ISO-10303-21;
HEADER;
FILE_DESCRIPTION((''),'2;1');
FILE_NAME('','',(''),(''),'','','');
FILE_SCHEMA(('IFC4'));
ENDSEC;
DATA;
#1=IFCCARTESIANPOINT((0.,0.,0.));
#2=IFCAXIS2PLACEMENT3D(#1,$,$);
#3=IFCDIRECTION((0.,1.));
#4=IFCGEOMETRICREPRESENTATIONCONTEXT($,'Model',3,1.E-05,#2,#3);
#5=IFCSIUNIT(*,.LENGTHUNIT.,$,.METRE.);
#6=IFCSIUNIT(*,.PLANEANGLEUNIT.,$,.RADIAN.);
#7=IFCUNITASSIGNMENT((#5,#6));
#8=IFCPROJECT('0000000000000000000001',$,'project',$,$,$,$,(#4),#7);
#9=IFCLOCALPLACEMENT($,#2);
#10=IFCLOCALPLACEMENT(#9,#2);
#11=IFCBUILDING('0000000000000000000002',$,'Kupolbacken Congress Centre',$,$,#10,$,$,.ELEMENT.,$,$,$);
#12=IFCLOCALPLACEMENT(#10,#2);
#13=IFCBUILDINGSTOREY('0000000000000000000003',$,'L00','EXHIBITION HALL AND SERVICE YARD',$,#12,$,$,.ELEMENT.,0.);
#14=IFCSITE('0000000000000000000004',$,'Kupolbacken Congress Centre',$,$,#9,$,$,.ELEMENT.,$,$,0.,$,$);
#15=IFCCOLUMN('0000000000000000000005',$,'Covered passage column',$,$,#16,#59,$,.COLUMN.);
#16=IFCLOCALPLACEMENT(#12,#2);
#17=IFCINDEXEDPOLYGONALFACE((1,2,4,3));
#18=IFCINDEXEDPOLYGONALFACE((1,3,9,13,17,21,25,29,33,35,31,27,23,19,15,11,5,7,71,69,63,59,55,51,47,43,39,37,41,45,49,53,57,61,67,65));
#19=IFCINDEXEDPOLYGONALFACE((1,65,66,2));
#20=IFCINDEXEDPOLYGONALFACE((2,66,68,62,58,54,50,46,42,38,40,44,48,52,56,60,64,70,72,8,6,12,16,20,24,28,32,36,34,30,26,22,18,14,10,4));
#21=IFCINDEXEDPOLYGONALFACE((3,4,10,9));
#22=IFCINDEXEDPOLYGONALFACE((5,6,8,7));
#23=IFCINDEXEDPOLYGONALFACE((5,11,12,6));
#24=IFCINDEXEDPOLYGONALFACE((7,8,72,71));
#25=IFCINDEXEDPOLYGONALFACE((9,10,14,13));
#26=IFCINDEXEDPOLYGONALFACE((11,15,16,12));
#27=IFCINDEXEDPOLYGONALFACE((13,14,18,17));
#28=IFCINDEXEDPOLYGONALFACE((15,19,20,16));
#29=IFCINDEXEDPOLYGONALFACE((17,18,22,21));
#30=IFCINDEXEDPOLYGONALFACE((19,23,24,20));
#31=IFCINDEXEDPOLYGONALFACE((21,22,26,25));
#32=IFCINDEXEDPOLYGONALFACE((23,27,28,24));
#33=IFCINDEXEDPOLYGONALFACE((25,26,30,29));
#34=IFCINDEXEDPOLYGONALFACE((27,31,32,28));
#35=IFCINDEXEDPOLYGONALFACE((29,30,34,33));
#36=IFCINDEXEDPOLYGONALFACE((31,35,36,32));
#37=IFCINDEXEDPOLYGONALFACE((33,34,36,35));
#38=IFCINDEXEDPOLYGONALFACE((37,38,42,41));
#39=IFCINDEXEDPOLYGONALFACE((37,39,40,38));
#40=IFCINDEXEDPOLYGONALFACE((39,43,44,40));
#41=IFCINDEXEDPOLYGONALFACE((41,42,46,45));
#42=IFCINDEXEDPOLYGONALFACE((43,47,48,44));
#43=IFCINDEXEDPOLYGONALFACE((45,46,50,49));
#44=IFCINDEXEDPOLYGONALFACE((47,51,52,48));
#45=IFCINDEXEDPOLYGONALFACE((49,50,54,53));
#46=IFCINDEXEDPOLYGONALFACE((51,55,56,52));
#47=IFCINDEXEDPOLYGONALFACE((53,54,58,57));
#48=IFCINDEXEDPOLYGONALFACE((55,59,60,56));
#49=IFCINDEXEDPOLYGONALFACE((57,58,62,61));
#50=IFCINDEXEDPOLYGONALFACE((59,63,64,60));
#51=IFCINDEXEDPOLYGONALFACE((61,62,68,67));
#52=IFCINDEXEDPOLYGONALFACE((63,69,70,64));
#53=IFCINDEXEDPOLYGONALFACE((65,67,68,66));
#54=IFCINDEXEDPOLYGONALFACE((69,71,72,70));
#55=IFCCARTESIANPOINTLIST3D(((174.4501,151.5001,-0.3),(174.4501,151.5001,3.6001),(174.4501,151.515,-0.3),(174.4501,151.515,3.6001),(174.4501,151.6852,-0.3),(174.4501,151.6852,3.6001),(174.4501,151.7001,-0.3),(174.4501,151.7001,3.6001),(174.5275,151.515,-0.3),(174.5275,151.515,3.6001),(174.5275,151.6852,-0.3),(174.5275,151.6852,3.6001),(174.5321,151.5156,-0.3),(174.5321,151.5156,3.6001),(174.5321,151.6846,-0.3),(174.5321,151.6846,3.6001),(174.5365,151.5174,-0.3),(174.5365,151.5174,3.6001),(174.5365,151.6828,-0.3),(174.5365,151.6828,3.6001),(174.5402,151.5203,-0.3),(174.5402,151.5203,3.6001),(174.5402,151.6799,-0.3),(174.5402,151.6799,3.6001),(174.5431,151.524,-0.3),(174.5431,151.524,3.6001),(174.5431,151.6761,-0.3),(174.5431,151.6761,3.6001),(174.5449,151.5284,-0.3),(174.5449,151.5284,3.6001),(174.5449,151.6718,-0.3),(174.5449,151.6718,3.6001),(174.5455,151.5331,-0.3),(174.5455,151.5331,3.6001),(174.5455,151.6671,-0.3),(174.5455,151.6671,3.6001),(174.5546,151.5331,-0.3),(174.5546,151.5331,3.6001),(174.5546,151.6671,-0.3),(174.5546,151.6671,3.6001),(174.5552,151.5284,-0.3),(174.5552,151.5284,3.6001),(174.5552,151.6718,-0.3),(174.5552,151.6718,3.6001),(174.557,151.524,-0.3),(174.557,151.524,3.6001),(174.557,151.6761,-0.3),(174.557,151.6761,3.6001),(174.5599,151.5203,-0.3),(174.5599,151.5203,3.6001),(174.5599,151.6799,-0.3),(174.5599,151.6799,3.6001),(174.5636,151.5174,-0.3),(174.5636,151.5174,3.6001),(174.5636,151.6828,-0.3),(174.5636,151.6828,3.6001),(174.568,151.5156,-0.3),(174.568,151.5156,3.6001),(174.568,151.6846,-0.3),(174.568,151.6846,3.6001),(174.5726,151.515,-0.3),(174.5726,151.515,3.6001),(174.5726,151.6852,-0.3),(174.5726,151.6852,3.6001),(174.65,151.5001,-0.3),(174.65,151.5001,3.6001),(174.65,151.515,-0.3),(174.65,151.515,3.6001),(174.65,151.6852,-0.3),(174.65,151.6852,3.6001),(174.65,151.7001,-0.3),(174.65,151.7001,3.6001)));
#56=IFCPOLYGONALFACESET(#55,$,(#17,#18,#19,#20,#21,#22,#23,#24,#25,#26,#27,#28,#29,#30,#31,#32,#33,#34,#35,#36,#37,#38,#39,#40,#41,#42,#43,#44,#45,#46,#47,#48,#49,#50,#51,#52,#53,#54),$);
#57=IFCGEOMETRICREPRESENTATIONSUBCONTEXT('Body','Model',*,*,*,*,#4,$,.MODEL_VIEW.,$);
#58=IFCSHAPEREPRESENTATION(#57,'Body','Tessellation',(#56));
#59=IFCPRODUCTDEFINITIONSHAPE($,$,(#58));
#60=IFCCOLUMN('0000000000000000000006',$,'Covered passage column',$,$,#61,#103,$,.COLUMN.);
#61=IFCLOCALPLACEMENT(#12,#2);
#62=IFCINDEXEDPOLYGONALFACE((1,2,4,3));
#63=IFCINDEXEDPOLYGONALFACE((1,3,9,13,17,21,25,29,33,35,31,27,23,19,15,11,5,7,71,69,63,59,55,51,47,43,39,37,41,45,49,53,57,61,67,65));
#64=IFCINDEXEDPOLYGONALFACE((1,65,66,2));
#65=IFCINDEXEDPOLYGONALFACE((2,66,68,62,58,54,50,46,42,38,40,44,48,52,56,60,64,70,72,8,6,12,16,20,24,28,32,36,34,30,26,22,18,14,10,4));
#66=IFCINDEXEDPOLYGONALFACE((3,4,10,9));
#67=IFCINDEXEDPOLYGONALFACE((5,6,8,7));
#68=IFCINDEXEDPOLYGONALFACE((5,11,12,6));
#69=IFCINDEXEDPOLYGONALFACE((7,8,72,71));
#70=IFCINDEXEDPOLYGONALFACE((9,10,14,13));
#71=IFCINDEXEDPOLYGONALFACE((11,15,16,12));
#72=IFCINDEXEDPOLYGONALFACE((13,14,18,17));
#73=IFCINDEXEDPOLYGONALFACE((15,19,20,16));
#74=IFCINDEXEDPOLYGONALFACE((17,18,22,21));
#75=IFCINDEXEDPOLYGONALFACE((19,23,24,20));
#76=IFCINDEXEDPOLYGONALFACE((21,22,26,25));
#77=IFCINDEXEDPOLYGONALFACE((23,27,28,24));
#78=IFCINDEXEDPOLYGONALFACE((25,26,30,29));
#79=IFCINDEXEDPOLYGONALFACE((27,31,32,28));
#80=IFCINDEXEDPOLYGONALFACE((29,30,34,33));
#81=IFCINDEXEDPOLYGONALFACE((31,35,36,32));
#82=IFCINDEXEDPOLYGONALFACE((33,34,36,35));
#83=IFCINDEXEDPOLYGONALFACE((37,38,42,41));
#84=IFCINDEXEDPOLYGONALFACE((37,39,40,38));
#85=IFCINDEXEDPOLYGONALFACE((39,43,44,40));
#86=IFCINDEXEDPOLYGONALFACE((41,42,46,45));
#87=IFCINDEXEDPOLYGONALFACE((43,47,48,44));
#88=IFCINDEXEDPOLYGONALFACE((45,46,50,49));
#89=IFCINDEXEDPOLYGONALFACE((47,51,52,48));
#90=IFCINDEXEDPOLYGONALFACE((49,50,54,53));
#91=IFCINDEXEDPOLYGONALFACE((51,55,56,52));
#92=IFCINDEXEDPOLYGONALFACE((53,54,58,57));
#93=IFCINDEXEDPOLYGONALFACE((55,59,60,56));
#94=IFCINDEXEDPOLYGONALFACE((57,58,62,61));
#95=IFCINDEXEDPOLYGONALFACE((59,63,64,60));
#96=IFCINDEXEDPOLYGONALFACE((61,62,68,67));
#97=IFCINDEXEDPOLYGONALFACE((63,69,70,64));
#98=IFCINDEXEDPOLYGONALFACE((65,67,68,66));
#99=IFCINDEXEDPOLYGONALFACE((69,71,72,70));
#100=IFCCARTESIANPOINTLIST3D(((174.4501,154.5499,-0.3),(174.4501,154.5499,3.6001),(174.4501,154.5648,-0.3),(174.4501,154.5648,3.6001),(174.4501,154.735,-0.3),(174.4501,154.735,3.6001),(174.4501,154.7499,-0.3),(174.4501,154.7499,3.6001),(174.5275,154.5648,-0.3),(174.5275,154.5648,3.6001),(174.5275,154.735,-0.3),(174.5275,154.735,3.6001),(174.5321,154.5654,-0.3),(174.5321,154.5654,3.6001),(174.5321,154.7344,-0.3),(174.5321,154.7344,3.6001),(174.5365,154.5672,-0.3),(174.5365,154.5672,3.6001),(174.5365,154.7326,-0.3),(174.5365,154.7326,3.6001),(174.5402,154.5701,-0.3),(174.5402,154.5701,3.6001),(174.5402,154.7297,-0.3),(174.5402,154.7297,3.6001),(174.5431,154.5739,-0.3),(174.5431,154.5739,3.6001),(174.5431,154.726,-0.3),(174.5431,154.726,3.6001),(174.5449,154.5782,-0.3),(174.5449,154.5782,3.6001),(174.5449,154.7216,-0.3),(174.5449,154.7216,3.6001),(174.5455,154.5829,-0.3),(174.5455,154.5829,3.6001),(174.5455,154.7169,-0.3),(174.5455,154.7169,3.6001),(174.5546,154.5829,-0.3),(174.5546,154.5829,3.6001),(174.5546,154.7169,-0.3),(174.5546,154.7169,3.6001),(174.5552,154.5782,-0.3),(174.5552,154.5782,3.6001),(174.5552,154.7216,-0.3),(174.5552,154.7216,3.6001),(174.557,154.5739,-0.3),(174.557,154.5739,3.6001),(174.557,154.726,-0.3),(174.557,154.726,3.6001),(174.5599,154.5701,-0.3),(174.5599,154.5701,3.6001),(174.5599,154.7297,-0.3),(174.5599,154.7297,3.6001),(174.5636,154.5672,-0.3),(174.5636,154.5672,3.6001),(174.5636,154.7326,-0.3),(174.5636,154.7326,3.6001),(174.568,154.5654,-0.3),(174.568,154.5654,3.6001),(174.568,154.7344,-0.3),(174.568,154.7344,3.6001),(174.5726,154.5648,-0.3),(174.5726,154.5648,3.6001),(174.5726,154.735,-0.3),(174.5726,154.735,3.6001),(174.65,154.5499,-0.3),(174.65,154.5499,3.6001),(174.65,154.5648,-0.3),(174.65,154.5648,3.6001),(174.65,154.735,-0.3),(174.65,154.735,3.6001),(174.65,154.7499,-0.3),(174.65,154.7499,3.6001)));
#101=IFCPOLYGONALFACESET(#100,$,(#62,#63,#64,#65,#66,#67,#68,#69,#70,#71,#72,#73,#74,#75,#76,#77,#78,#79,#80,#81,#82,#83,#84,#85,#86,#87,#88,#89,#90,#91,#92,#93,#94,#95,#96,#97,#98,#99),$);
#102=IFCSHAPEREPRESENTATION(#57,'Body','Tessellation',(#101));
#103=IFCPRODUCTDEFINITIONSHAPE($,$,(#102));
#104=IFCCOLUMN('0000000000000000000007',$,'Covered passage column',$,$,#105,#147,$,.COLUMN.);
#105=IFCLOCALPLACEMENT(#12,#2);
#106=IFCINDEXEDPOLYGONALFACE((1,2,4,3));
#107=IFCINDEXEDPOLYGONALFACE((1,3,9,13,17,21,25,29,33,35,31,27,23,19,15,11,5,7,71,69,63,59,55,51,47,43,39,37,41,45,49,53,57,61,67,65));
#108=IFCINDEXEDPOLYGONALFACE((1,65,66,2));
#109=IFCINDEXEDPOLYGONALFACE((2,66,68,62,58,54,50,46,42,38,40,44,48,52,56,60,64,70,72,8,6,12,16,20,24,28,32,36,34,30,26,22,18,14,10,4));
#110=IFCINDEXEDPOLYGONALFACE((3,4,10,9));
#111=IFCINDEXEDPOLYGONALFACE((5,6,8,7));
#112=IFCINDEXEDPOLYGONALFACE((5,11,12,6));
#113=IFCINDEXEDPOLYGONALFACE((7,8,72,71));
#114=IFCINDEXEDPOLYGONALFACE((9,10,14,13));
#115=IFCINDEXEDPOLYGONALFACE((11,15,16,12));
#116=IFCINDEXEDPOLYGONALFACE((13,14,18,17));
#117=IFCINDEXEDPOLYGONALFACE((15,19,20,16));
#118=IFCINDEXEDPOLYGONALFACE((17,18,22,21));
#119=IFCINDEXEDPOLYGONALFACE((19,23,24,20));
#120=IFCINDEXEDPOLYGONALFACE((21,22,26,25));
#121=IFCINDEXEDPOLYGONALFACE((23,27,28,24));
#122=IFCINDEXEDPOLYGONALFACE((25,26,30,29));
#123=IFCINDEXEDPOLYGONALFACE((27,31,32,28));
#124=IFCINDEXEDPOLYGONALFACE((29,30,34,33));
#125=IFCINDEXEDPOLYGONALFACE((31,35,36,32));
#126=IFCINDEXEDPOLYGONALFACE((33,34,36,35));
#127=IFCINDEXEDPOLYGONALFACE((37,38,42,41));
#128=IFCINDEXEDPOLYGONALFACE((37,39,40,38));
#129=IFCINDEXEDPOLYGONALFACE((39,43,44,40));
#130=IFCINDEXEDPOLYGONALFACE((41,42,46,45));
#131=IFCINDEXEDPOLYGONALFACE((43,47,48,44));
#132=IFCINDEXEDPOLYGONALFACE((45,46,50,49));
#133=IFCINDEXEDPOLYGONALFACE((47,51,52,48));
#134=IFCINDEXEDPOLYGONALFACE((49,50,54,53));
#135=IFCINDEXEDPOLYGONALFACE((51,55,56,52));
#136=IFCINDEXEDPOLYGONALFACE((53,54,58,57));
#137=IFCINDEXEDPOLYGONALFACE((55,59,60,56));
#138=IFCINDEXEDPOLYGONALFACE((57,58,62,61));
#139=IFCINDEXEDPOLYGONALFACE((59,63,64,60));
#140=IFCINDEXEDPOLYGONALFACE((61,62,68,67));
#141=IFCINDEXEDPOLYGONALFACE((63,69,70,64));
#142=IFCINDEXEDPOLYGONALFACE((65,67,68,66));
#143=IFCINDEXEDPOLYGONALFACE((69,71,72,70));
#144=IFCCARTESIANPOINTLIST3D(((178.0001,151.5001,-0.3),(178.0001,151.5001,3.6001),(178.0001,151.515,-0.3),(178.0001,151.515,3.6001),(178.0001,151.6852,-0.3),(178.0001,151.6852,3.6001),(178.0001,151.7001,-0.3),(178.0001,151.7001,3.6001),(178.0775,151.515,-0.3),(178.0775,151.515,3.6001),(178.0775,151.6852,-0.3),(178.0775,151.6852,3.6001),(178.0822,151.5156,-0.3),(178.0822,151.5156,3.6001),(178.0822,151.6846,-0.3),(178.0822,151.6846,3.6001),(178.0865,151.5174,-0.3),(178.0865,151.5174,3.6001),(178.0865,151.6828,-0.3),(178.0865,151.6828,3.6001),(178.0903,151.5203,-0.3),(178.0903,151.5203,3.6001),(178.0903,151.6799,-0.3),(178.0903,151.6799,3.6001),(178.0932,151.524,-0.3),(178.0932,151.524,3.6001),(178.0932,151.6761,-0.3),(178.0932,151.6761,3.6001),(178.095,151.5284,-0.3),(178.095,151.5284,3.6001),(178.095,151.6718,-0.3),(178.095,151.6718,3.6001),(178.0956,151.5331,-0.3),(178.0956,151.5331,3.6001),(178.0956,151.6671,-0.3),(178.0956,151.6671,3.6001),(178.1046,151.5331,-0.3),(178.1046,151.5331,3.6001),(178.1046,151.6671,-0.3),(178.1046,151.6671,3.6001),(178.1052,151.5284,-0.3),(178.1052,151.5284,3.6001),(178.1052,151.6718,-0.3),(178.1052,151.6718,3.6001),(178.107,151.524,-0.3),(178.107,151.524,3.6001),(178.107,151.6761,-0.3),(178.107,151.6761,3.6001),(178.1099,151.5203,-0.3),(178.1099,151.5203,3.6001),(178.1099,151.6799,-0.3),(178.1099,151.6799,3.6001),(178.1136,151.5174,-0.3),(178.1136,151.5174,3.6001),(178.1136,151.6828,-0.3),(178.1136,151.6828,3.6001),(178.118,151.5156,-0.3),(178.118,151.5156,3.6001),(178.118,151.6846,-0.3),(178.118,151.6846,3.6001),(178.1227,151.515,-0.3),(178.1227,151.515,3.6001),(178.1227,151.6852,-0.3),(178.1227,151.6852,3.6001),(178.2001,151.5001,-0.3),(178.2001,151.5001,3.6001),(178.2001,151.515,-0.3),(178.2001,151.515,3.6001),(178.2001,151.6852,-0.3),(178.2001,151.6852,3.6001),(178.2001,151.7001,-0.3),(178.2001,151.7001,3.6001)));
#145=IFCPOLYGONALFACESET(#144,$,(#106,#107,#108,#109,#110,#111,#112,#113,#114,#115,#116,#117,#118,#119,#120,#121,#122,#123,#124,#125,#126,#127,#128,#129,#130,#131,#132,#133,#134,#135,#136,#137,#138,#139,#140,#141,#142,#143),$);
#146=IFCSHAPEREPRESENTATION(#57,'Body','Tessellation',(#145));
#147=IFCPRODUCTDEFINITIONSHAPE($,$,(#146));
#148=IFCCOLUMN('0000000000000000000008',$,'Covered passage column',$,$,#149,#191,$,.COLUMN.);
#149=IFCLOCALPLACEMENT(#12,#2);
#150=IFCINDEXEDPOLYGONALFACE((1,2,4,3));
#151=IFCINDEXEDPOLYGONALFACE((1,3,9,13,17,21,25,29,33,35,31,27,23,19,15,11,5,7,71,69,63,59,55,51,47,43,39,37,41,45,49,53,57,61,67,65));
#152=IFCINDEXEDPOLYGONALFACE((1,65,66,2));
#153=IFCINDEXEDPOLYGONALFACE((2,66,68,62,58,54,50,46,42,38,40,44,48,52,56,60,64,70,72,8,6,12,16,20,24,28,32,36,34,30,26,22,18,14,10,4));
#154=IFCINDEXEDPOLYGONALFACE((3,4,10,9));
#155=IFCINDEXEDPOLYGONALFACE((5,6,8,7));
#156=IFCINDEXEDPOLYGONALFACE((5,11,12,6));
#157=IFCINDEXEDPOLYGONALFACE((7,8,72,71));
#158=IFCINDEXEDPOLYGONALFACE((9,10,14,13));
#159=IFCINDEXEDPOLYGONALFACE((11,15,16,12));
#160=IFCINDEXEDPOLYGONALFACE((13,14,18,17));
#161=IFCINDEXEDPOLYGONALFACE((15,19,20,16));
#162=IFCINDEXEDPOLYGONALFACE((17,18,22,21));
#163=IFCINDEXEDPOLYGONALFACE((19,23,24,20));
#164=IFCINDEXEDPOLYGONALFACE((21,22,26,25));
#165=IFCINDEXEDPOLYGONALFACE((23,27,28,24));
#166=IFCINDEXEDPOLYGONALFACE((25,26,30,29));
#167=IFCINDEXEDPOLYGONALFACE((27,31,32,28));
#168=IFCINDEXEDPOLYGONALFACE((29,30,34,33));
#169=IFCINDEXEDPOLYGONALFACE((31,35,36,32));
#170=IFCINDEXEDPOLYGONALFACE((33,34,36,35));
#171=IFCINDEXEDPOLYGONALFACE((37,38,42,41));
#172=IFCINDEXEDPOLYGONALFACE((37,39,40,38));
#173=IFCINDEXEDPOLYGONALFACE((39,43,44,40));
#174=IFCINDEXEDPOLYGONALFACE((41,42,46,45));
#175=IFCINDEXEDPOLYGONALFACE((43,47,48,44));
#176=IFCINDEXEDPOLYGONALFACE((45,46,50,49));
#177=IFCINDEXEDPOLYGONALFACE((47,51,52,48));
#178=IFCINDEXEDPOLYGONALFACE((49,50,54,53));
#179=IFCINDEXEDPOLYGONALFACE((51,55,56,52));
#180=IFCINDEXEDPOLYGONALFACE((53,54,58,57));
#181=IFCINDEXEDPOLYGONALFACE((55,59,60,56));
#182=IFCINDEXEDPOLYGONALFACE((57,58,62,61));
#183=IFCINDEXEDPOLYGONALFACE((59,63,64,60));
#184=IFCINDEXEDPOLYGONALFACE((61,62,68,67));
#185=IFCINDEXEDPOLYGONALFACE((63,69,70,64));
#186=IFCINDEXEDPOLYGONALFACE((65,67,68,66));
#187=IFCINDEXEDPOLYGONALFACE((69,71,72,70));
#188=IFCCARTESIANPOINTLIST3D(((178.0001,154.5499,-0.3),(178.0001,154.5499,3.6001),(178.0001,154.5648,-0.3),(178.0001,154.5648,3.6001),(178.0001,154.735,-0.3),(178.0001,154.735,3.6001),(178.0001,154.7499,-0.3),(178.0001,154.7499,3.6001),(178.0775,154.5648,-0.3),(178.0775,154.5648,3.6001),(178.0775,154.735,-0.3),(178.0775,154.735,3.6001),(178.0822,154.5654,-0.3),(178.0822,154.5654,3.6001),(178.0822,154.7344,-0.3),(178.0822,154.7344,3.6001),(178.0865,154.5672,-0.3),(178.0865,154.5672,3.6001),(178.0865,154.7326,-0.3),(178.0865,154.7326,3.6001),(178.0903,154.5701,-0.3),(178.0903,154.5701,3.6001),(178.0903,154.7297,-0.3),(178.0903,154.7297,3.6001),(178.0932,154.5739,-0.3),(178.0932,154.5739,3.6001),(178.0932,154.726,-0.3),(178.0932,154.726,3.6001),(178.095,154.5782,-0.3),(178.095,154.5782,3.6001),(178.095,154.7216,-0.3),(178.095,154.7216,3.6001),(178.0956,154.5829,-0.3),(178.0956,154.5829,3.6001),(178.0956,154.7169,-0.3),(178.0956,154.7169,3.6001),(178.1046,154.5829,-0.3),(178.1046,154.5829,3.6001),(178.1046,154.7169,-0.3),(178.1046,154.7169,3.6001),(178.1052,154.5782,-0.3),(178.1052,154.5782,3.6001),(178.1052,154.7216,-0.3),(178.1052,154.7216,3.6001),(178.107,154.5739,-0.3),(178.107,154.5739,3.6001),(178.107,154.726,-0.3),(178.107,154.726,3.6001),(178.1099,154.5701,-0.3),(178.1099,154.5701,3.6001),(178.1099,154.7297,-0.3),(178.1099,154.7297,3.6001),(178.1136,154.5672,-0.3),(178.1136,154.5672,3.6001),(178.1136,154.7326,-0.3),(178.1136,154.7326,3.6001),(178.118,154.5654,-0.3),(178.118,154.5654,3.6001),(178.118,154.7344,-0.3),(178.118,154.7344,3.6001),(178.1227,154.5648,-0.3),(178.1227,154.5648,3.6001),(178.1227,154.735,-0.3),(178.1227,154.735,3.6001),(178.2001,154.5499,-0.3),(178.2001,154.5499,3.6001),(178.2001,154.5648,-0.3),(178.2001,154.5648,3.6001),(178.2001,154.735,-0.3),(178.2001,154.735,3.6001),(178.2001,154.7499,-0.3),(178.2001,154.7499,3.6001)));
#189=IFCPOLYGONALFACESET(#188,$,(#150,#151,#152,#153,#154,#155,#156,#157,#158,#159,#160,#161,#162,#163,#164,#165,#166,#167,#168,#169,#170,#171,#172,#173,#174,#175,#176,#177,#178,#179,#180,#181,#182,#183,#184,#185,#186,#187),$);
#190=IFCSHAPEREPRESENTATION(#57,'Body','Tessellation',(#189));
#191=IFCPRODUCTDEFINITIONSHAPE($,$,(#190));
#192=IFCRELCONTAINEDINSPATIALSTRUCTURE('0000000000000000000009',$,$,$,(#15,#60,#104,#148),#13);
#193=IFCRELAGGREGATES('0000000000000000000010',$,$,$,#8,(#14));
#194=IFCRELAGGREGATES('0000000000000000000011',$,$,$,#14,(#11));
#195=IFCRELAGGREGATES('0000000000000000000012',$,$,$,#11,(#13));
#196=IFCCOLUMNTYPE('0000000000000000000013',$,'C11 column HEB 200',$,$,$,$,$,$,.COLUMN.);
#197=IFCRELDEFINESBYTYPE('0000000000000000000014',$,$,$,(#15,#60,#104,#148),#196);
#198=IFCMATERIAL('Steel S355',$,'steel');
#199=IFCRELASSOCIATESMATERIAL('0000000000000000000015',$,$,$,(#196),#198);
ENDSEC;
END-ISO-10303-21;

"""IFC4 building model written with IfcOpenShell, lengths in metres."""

from ifc_helpers import new_model, si_unit, direction, frame, origin, origin_2d, place, context, subcontext, project, spatial, i_section, extrude, material, material_profile, profile_set, type_object, element, save


model = new_model("IFC4")

# Units and contexts
model_context = context("Model", 3, precision=1e-05, world=origin(), true_north=direction((0.0, 1.0)))
body_context = subcontext(model_context, "Body", "Model", "MODEL_VIEW")
ifc_project = project(units=[si_unit("LENGTHUNIT", "METRE"), si_unit("PLANEANGLEUNIT", "RADIAN")], contexts=[model_context])

# Site, building, storey
site_placement = place(None, origin())
site = spatial("IfcSite", under=ifc_project, at=site_placement, Name="Kupolbacken Congress Centre", CompositionType="ELEMENT", RefElevation=0.0)
building_placement = place(site_placement, origin())
building = spatial("IfcBuilding", under=site, at=building_placement, Name="Kupolbacken Congress Centre", CompositionType="ELEMENT")
storey_placement = place(building_placement, origin())
storey = spatial("IfcBuildingStorey", under=building, at=storey_placement, Name="L00", Description="EXHIBITION HALL AND SERVICE YARD", CompositionType="ELEMENT", Elevation=0.0)

# Columns
ifc_material_1 = material(Name="Steel S355", Category="steel")
ifc_material_profile_1 = material_profile(ifc_material_1, i_section(OverallWidth=0.2, OverallDepth=0.2, WebThickness=0.009, FlangeThickness=0.0149, FilletRadius=0.0181, at=origin_2d()), Name="HEB 200")
ifc_profile_set_1 = profile_set([ifc_material_profile_1], Name="Steel S355")
column_type_1 = type_object("IfcColumnType", Name="C11 column HEB 200", PredefinedType="COLUMN", material=ifc_profile_set_1)
for number, where, z_axis, x_axis, name in (
    (1, (174.55, 151.6001, -0.3), (0.0, 0.0, 1.0), (1.0, 0.0, 0.0), "Covered passage column"),
    (2, (174.55, 154.6499, -0.3), (0.0, 0.0, 1.0), (1.0, 0.0, 0.0), "Covered passage column"),
    (3, (178.1001, 151.6001, -0.3), (0.0, 0.0, 1.0), (1.0, 0.0, 0.0), "Covered passage column"),
    (4, (178.1001, 154.6499, -0.3), (0.0, 0.0, 1.0), (1.0, 0.0, 0.0), "Covered passage column"),
):
    element("IfcColumn", number, at=place(storey_placement, frame(where, z_axis=z_axis, x_axis=x_axis)), inside=storey, type_object=column_type_1, Name=name, PredefinedType="COLUMN", context=body_context, shape_type="SweptSolid", body=[
        extrude(i_section(OverallWidth=0.2, OverallDepth=0.2, WebThickness=0.009, FlangeThickness=0.0149, FilletRadius=0.0181, at=origin_2d()), origin(), (0.0, 0.0, 1.0), 3.9001),
    ])

save(model, "model.ifc")
